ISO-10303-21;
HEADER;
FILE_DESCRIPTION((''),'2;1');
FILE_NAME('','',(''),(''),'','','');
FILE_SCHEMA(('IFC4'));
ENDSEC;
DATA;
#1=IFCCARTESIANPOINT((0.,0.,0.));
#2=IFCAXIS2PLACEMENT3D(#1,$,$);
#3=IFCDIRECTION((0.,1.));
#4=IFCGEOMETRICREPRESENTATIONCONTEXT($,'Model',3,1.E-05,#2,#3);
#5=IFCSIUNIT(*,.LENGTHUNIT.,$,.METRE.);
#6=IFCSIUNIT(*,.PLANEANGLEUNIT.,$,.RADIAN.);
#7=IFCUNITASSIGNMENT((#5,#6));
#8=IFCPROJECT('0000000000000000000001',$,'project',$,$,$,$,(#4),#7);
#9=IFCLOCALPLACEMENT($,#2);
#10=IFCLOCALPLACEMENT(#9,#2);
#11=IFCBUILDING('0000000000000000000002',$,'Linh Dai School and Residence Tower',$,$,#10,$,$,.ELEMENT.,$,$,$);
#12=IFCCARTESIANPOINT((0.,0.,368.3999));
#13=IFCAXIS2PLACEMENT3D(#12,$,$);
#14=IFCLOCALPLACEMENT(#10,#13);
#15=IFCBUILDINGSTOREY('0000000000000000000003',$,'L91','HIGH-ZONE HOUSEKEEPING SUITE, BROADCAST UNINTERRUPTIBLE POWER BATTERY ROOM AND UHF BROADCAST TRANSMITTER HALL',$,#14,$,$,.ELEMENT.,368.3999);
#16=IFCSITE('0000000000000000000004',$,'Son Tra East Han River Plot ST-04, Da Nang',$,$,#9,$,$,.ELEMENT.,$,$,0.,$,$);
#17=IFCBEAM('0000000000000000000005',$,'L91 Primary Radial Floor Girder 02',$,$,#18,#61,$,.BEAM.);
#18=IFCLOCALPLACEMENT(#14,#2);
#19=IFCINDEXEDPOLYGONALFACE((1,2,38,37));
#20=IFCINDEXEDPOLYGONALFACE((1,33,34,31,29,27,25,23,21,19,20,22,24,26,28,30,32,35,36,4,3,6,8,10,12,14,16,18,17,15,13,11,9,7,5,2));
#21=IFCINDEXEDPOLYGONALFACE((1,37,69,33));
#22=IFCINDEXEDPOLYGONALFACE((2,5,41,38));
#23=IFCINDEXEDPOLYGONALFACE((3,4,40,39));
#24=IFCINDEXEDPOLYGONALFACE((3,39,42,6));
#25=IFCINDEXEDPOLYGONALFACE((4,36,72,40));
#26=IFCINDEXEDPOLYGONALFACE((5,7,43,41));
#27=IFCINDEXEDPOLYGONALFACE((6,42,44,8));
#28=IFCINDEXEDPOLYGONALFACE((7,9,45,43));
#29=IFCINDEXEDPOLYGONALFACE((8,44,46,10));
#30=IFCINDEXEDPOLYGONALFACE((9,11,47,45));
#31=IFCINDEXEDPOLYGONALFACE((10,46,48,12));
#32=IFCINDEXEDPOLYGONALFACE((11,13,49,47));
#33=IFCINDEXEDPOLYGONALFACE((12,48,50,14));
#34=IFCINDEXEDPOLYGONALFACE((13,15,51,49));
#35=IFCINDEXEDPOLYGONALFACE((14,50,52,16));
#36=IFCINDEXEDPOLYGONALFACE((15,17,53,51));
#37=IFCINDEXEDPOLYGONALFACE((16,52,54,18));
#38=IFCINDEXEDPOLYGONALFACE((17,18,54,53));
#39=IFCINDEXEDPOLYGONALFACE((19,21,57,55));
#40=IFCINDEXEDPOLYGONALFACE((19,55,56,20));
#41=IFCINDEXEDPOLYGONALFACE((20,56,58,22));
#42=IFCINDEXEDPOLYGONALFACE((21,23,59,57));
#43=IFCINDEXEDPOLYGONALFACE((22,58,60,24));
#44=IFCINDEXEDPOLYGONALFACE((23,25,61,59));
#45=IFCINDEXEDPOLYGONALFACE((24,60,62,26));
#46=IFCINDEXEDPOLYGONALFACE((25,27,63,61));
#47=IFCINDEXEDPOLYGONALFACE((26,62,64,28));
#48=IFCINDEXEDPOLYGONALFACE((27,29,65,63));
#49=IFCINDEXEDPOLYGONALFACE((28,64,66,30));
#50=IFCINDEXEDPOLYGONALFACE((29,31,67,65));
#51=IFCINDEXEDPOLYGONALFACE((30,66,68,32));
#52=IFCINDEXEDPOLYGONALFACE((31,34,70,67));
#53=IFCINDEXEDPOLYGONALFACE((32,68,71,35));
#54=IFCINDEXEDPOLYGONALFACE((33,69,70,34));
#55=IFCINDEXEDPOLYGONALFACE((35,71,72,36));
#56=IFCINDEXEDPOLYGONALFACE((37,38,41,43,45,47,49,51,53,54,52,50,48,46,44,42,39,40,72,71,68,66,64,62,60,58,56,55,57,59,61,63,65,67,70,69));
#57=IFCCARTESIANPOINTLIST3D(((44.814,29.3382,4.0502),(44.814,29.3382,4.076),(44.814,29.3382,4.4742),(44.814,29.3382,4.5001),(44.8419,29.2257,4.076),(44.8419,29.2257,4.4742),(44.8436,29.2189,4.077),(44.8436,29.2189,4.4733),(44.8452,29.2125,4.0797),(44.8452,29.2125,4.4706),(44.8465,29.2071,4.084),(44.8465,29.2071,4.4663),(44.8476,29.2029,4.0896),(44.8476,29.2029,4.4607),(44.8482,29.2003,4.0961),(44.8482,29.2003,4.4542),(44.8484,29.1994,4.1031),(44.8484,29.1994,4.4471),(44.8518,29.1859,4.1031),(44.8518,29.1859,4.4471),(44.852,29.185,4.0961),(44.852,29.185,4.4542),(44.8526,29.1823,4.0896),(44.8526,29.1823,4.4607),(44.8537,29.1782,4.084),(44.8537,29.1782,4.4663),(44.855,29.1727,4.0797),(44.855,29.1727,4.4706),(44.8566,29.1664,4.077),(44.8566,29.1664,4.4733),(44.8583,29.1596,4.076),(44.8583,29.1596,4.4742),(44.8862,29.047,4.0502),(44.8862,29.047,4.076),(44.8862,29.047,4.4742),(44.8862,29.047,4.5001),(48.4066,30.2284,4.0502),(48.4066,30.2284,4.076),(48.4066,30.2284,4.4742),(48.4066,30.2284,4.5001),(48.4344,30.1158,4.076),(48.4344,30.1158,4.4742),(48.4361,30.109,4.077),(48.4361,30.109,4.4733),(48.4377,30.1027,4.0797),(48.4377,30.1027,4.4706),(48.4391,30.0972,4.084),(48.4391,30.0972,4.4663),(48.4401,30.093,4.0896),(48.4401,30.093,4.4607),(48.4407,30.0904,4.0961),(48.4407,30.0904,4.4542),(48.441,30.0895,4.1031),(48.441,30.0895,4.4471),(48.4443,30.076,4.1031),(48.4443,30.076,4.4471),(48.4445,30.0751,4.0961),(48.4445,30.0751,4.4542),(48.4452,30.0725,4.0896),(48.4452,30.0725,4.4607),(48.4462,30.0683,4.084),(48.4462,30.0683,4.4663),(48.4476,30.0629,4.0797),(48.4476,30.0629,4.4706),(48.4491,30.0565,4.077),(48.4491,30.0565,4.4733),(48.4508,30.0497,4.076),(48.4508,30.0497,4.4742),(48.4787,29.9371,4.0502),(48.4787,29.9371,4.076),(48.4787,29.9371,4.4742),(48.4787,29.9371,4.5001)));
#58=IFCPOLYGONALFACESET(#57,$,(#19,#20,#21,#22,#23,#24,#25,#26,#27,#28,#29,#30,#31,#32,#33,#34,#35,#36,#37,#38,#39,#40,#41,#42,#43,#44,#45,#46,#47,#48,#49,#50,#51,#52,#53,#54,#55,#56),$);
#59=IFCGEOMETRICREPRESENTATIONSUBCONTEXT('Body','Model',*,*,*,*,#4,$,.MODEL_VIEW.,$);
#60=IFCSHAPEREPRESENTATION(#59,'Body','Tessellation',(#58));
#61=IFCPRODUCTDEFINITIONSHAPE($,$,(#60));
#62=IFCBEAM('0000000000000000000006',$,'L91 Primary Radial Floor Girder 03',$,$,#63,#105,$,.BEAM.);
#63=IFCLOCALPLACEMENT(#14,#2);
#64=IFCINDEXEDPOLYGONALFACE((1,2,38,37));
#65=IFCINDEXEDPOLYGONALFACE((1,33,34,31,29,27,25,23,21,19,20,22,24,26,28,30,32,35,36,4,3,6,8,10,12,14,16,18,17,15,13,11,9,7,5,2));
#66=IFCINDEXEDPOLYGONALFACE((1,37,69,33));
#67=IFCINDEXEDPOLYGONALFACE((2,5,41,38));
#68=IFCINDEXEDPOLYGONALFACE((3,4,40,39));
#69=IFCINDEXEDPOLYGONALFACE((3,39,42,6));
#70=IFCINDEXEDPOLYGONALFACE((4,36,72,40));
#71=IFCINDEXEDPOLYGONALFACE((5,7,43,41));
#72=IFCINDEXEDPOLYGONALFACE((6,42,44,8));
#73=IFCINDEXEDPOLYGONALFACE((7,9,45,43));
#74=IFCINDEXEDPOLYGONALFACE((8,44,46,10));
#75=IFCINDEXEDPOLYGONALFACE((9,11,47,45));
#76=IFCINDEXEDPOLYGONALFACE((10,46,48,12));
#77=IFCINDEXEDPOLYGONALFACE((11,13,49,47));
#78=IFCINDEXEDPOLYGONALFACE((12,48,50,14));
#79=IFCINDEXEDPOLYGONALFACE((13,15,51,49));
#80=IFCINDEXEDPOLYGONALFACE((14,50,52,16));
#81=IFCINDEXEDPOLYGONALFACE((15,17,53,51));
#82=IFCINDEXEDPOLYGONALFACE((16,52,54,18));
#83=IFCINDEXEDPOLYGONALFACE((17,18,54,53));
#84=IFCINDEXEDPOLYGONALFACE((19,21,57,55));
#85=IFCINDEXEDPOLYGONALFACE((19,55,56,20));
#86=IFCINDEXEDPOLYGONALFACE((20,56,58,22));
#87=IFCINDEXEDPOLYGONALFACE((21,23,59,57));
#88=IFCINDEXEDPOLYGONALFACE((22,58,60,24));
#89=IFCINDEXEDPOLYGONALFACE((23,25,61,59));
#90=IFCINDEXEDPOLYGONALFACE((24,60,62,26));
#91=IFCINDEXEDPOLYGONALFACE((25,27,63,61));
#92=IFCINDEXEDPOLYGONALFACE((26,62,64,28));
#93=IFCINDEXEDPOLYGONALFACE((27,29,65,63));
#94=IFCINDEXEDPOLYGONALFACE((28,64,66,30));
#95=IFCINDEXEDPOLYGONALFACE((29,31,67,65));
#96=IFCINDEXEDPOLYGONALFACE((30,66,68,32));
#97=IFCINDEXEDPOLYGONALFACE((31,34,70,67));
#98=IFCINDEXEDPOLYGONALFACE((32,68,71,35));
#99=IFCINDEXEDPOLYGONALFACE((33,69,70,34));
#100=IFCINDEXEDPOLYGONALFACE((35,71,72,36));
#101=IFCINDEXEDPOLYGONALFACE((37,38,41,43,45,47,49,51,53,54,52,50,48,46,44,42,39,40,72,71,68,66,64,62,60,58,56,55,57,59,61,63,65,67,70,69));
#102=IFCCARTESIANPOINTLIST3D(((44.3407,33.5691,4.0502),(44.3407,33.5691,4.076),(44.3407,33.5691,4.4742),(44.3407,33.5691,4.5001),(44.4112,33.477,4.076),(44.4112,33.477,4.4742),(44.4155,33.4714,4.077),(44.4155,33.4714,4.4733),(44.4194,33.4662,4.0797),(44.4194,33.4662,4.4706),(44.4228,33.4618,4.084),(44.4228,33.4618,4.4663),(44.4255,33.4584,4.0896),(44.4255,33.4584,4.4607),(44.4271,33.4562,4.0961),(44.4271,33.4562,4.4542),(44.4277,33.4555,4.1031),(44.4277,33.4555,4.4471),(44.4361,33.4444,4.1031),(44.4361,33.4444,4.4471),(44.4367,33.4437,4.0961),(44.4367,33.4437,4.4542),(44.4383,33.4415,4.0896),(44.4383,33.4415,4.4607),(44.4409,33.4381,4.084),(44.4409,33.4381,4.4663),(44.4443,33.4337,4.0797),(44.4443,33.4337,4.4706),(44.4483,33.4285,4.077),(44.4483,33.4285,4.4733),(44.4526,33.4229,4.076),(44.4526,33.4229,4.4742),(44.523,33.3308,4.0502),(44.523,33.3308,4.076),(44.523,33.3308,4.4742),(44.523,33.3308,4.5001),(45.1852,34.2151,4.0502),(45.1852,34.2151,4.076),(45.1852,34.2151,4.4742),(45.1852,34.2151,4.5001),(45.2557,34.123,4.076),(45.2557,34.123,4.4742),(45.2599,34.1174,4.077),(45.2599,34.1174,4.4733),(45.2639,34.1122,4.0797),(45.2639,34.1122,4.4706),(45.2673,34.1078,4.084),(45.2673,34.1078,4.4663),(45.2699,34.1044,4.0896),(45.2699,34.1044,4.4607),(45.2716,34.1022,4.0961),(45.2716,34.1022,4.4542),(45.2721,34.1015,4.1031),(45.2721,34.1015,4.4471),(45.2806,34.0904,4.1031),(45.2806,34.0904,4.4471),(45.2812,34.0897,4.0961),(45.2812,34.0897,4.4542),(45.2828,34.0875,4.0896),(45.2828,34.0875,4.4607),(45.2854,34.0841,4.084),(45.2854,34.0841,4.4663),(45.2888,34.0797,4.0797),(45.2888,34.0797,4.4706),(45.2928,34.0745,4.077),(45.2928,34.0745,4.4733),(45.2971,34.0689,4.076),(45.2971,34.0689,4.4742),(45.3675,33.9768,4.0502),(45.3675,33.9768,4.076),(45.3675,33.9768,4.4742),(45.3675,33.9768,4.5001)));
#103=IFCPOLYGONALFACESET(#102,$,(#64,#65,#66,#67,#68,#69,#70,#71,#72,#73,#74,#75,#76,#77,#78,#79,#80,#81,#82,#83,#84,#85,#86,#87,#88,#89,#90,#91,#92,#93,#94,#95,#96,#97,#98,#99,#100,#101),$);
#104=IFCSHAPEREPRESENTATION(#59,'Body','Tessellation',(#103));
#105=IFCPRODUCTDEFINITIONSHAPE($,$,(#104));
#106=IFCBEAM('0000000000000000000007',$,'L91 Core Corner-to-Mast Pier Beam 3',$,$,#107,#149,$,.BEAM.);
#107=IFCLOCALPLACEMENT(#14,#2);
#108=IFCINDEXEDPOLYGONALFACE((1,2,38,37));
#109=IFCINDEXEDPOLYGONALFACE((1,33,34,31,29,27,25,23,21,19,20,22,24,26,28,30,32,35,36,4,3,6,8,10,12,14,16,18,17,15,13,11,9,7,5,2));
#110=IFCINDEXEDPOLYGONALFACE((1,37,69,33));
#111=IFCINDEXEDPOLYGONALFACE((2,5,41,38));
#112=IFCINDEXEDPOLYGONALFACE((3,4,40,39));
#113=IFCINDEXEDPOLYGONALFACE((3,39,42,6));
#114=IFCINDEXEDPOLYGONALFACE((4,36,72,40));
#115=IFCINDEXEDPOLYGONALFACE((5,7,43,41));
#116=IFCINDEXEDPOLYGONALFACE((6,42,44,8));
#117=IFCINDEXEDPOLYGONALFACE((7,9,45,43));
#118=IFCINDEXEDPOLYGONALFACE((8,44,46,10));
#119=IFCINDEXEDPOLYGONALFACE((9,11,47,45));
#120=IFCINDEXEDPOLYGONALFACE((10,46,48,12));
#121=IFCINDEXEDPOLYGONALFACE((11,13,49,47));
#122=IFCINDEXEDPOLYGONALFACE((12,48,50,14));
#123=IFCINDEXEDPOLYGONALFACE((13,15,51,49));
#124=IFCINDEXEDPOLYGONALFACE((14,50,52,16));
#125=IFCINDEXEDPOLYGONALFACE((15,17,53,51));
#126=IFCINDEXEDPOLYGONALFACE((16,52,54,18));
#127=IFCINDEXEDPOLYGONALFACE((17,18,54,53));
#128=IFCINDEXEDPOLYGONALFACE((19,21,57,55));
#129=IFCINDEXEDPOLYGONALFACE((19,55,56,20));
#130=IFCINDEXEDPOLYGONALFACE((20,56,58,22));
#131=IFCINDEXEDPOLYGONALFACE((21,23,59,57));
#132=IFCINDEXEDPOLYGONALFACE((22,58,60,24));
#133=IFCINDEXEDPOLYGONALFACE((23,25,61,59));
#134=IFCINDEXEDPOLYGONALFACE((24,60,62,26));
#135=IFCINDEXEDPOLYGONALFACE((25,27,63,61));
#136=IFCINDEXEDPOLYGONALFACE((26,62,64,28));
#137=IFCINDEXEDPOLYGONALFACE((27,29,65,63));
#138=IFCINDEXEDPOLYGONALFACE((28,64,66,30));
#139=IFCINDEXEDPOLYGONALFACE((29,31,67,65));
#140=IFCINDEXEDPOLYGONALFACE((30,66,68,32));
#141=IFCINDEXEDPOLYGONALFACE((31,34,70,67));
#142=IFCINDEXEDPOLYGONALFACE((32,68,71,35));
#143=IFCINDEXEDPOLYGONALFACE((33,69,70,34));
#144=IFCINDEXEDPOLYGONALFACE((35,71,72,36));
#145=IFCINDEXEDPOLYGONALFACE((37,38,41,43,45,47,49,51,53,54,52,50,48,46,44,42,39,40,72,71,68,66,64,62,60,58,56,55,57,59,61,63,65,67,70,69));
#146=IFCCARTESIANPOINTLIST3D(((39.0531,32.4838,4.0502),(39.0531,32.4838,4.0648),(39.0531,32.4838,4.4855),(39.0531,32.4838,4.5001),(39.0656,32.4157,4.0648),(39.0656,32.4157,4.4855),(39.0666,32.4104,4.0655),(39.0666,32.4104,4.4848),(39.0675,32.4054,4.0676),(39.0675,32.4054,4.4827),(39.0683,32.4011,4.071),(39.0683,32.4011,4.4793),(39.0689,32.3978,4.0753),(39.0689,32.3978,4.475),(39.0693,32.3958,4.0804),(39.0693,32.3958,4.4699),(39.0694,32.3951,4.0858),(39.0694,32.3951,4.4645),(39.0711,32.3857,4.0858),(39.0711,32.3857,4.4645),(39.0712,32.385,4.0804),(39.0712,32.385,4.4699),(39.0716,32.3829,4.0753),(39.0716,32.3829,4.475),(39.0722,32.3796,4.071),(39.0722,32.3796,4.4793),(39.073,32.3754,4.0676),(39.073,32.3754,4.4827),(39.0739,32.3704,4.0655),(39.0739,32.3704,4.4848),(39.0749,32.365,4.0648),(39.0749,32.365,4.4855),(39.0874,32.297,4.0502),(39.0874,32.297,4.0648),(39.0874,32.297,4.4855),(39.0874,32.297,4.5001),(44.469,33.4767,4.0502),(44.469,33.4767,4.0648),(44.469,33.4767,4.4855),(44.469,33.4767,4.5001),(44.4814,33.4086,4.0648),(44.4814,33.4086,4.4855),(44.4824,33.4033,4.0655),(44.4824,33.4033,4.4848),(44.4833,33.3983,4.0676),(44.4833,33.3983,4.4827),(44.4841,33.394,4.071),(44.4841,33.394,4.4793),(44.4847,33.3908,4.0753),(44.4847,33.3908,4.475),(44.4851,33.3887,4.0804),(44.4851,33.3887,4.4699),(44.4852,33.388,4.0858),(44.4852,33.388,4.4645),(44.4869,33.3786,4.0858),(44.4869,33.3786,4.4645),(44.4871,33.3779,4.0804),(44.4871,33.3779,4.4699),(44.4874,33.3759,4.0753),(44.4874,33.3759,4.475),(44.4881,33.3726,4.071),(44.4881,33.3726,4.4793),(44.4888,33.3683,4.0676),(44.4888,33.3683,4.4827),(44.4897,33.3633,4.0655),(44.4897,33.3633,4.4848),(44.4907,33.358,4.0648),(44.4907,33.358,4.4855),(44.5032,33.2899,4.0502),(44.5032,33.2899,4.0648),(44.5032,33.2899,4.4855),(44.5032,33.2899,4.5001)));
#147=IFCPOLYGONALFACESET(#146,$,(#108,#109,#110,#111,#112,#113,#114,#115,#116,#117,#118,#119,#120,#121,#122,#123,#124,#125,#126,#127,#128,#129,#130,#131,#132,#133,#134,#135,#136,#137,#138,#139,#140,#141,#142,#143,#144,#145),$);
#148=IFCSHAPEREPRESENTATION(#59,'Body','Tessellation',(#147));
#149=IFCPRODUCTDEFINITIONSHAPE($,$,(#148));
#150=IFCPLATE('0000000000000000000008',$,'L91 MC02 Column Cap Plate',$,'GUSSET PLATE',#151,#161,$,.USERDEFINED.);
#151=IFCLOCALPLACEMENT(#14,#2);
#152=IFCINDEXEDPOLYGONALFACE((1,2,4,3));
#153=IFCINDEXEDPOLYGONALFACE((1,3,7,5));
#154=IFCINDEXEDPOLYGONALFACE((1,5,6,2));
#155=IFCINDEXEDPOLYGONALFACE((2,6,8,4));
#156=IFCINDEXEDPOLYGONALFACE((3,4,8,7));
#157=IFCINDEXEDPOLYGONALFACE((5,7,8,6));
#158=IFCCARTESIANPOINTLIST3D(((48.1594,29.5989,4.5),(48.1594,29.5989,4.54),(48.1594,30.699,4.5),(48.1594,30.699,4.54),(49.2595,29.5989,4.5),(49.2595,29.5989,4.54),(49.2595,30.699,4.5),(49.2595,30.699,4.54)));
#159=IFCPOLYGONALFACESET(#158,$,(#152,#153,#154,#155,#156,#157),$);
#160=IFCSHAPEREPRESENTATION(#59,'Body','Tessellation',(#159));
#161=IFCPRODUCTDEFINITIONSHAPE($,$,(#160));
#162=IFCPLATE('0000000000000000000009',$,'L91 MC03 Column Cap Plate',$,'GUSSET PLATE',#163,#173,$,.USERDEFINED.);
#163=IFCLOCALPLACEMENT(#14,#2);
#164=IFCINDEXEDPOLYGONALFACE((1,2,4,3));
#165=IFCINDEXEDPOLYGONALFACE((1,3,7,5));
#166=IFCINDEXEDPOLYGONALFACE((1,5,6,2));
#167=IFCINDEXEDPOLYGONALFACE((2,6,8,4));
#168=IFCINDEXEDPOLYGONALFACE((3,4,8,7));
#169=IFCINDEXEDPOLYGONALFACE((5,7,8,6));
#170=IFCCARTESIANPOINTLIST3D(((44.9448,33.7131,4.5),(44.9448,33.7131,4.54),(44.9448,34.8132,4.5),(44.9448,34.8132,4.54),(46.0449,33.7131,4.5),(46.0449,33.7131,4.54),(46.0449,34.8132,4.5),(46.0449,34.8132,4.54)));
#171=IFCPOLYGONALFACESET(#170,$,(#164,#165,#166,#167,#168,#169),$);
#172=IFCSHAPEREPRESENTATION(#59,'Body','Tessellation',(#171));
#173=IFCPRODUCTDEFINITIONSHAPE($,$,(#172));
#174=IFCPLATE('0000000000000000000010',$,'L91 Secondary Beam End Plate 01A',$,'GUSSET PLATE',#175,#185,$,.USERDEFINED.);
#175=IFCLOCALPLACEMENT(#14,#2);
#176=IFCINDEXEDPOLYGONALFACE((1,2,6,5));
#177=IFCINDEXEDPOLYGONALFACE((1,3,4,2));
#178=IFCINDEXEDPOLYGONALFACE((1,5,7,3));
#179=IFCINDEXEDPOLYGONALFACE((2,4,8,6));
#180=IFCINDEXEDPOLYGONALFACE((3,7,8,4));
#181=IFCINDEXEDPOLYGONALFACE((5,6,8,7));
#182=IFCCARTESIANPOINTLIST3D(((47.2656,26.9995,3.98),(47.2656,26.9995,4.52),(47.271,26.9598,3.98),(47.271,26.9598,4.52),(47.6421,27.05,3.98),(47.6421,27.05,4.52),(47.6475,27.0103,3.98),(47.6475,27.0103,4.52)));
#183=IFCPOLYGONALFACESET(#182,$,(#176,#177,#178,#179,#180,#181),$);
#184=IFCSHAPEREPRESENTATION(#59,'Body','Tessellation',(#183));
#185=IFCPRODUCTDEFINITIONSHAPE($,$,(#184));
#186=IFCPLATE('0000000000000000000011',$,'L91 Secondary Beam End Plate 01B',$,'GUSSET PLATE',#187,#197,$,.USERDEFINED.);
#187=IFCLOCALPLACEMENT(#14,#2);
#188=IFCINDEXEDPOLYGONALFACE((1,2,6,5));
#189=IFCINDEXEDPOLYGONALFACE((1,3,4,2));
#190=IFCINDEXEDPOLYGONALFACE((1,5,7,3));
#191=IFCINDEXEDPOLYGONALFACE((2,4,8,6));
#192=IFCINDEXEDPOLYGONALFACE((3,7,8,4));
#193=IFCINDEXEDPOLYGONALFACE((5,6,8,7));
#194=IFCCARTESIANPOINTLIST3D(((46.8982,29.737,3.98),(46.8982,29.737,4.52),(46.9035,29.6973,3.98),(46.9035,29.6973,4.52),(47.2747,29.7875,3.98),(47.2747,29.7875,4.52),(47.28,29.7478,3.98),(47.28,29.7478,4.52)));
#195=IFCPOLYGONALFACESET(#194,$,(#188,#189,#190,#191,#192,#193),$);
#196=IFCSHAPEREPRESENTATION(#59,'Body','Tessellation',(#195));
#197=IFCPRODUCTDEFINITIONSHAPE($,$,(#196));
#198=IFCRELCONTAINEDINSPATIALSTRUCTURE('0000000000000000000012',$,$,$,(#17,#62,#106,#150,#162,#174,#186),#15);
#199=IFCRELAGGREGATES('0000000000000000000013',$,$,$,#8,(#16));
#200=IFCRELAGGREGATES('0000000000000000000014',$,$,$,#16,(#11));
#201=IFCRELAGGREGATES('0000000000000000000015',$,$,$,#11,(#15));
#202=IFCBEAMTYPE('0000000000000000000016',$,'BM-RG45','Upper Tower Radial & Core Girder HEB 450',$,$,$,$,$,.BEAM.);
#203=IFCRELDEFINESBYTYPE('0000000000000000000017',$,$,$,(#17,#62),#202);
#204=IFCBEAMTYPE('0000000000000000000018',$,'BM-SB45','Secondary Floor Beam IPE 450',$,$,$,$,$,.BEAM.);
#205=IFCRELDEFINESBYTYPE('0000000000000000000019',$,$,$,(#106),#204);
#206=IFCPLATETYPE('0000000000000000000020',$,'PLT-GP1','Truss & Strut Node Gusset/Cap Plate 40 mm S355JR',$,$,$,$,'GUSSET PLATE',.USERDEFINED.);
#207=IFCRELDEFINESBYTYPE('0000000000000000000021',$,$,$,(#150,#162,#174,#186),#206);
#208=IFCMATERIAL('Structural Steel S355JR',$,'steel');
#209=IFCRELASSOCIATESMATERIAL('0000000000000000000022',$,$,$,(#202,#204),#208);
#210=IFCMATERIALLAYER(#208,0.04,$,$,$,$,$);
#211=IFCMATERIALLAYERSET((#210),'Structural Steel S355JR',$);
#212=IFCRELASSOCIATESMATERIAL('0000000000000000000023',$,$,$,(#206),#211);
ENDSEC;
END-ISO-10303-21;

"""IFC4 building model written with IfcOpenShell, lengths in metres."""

from ifc_helpers import new_model, si_unit, direction, frame, origin, origin_2d, place, context, subcontext, project, spatial, rectangle, i_section, extrude, source, transform, mapped, material, layer, layer_set, material_profile, profile_set, type_object, element, save


model = new_model("IFC4")

# Units and contexts
model_context = context("Model", 3, precision=1e-05, world=origin(), true_north=direction((0.0, 1.0)))
body_context = subcontext(model_context, "Body", "Model", "MODEL_VIEW")
ifc_project = project(units=[si_unit("LENGTHUNIT", "METRE"), si_unit("PLANEANGLEUNIT", "RADIAN")], contexts=[model_context])

# Site, building, storey
site_placement = place(None, origin())
site = spatial("IfcSite", under=ifc_project, at=site_placement, Name="Son Tra East Han River Plot ST-04, Da Nang", CompositionType="ELEMENT", RefElevation=0.0)
building_placement = place(site_placement, origin())
building = spatial("IfcBuilding", under=site, at=building_placement, Name="Linh Dai School and Residence Tower", CompositionType="ELEMENT")
storey_placement = place(building_placement, frame((0.0, 0.0, 368.3999)))
storey = spatial("IfcBuildingStorey", under=building, at=storey_placement, Name="L91", Description="HIGH-ZONE HOUSEKEEPING SUITE, BROADCAST UNINTERRUPTIBLE POWER BATTERY ROOM AND UHF BROADCAST TRANSMITTER HALL", CompositionType="ELEMENT", Elevation=368.3999)

# Shared definitions
ifc_material_1 = material(Name="Structural Steel S355JR", Category="steel")

# Beams
ifc_material_profile_1 = material_profile(ifc_material_1, i_section(OverallWidth=0.3, OverallDepth=0.45, WebThickness=0.0139, FlangeThickness=0.0259, FilletRadius=0.0271, at=origin_2d()), Name="HEB 450")
ifc_profile_set_1 = profile_set([ifc_material_profile_1], Name="Structural Steel S355JR")
beam_type_1 = type_object("IfcBeamType", Name="BM-RG45", Description="Upper Tower Radial & Core Girder HEB 450", PredefinedType="BEAM", material=ifc_profile_set_1)
beam_1_placement = place(storey_placement, frame((44.8501, 29.1926, 4.2751), z_axis=(0.970649, 0.240502, 0.0), x_axis=(-0.240502, 0.970649, 0.0)))
element("IfcBeam", 1, at=beam_1_placement, inside=storey, type_object=beam_type_1, Name="L91 Primary Radial Floor Girder 02", PredefinedType="BEAM", context=body_context, shape_type="SweptSolid", body=[
    extrude(i_section(OverallWidth=0.3, OverallDepth=0.45, WebThickness=0.0139, FlangeThickness=0.0259, FilletRadius=0.0271, at=origin_2d()), origin(), (0.0, 0.0, 1.0), 3.7012),
])
beam_2_placement = place(storey_placement, frame((44.4319, 33.45, 4.2751), z_axis=(0.79426, 0.607578, 0.0), x_axis=(-0.607578, 0.79426, 0.0)))
element("IfcBeam", 2, at=beam_2_placement, inside=storey, type_object=beam_type_1, Name="L91 Primary Radial Floor Girder 03", PredefinedType="BEAM", context=body_context, shape_type="SweptSolid", body=[
    extrude(i_section(OverallWidth=0.3, OverallDepth=0.45, WebThickness=0.0139, FlangeThickness=0.0259, FilletRadius=0.0271, at=origin_2d()), origin(), (0.0, 0.0, 1.0), 1.0632),
])
ifc_material_profile_2 = material_profile(ifc_material_1, i_section(OverallWidth=0.1899, OverallDepth=0.45, WebThickness=0.0095, FlangeThickness=0.0146, FilletRadius=0.021, at=origin_2d()), Name="IPE 450")
ifc_profile_set_2 = profile_set([ifc_material_profile_2], Name="Structural Steel S355JR")
beam_type_2 = type_object("IfcBeamType", Name="BM-SB45", Description="Secondary Floor Beam IPE 450", PredefinedType="BEAM", material=ifc_profile_set_2)
beam_3_placement = place(storey_placement, frame((44.4861, 33.3833, 4.2751), z_axis=(-0.983606, -0.180333, 0.0), x_axis=(0.180333, -0.983606, 0.0)))
element("IfcBeam", 3, at=beam_3_placement, inside=storey, type_object=beam_type_2, Name="L91 Core Corner-to-Mast Pier Beam 3", PredefinedType="BEAM", context=body_context, shape_type="SweptSolid", body=[
    extrude(i_section(OverallWidth=0.1899, OverallDepth=0.45, WebThickness=0.0095, FlangeThickness=0.0146, FilletRadius=0.021, at=origin_2d()), origin(), (0.0, 0.0, 1.0), 5.5061),
])

# Plates
ifc_layer_1 = layer(ifc_material_1, 0.04)
ifc_layer_set_1 = layer_set([ifc_layer_1], Name="Structural Steel S355JR")
plate_type = type_object("IfcPlateType", Name="PLT-GP1", Description="Truss & Strut Node Gusset/Cap Plate 40 mm S355JR", ElementType="GUSSET PLATE", PredefinedType="USERDEFINED", material=ifc_layer_set_1)
shared_shape_1 = source(origin(), body_context, "Body", "SweptSolid", [
    extrude(rectangle(XDim=1.1001, YDim=1.1001, at=origin_2d()), origin(), (0.0, 0.0, 1.0), 0.04),
])
for number, where, z_axis, x_axis, name in (
    (4, (48.7095, 30.1489, 4.5), (0.0, 0.0, 1.0), (1.0, 0.0, 0.0), "L91 MC02 Column Cap Plate"),
    (5, (45.4949, 34.2632, 4.5), (0.0, 0.0, 1.0), (1.0, 0.0, 0.0), "L91 MC03 Column Cap Plate"),
):
    element("IfcPlate", number, at=place(storey_placement, frame(where, z_axis=z_axis, x_axis=x_axis)), inside=storey, type_object=plate_type, Name=name, ObjectType="GUSSET PLATE", PredefinedType="USERDEFINED", context=body_context, shape_type="MappedRepresentation", body=[
        mapped(shared_shape_1, transform((0.0, 0.0, 0.0), x_axis=(1.0, 0.0, 0.0), y_axis=(0.0, 1.0, 0.0), z_axis=(0.0, 0.0, 1.0), scale=1.0)),
    ])
shared_shape_2 = source(origin(), body_context, "Body", "SweptSolid", [
    extrude(rectangle(XDim=0.04, YDim=0.3799, at=origin_2d()), origin(), (0.0, 0.0, 1.0), 0.54),
])
for number, where, z_axis, x_axis, name in (
    (6, (47.4565, 27.0049, 3.98), (0.0, 0.0, 1.0), (-0.132973, 0.99112, 0.0), "L91 Secondary Beam End Plate 01A"),
    (7, (47.0891, 29.7424, 3.98), (0.0, 0.0, 1.0), (-0.132973, 0.99112, 0.0), "L91 Secondary Beam End Plate 01B"),
):
    element("IfcPlate", number, at=place(storey_placement, frame(where, z_axis=z_axis, x_axis=x_axis)), inside=storey, type_object=plate_type, Name=name, ObjectType="GUSSET PLATE", PredefinedType="USERDEFINED", context=body_context, shape_type="MappedRepresentation", body=[
        mapped(shared_shape_2, transform((0.0, 0.0, 0.0), x_axis=(1.0, 0.0, 0.0), y_axis=(0.0, 1.0, 0.0), z_axis=(0.0, 0.0, 1.0), scale=1.0)),
    ])

save(model, "model.ifc")
